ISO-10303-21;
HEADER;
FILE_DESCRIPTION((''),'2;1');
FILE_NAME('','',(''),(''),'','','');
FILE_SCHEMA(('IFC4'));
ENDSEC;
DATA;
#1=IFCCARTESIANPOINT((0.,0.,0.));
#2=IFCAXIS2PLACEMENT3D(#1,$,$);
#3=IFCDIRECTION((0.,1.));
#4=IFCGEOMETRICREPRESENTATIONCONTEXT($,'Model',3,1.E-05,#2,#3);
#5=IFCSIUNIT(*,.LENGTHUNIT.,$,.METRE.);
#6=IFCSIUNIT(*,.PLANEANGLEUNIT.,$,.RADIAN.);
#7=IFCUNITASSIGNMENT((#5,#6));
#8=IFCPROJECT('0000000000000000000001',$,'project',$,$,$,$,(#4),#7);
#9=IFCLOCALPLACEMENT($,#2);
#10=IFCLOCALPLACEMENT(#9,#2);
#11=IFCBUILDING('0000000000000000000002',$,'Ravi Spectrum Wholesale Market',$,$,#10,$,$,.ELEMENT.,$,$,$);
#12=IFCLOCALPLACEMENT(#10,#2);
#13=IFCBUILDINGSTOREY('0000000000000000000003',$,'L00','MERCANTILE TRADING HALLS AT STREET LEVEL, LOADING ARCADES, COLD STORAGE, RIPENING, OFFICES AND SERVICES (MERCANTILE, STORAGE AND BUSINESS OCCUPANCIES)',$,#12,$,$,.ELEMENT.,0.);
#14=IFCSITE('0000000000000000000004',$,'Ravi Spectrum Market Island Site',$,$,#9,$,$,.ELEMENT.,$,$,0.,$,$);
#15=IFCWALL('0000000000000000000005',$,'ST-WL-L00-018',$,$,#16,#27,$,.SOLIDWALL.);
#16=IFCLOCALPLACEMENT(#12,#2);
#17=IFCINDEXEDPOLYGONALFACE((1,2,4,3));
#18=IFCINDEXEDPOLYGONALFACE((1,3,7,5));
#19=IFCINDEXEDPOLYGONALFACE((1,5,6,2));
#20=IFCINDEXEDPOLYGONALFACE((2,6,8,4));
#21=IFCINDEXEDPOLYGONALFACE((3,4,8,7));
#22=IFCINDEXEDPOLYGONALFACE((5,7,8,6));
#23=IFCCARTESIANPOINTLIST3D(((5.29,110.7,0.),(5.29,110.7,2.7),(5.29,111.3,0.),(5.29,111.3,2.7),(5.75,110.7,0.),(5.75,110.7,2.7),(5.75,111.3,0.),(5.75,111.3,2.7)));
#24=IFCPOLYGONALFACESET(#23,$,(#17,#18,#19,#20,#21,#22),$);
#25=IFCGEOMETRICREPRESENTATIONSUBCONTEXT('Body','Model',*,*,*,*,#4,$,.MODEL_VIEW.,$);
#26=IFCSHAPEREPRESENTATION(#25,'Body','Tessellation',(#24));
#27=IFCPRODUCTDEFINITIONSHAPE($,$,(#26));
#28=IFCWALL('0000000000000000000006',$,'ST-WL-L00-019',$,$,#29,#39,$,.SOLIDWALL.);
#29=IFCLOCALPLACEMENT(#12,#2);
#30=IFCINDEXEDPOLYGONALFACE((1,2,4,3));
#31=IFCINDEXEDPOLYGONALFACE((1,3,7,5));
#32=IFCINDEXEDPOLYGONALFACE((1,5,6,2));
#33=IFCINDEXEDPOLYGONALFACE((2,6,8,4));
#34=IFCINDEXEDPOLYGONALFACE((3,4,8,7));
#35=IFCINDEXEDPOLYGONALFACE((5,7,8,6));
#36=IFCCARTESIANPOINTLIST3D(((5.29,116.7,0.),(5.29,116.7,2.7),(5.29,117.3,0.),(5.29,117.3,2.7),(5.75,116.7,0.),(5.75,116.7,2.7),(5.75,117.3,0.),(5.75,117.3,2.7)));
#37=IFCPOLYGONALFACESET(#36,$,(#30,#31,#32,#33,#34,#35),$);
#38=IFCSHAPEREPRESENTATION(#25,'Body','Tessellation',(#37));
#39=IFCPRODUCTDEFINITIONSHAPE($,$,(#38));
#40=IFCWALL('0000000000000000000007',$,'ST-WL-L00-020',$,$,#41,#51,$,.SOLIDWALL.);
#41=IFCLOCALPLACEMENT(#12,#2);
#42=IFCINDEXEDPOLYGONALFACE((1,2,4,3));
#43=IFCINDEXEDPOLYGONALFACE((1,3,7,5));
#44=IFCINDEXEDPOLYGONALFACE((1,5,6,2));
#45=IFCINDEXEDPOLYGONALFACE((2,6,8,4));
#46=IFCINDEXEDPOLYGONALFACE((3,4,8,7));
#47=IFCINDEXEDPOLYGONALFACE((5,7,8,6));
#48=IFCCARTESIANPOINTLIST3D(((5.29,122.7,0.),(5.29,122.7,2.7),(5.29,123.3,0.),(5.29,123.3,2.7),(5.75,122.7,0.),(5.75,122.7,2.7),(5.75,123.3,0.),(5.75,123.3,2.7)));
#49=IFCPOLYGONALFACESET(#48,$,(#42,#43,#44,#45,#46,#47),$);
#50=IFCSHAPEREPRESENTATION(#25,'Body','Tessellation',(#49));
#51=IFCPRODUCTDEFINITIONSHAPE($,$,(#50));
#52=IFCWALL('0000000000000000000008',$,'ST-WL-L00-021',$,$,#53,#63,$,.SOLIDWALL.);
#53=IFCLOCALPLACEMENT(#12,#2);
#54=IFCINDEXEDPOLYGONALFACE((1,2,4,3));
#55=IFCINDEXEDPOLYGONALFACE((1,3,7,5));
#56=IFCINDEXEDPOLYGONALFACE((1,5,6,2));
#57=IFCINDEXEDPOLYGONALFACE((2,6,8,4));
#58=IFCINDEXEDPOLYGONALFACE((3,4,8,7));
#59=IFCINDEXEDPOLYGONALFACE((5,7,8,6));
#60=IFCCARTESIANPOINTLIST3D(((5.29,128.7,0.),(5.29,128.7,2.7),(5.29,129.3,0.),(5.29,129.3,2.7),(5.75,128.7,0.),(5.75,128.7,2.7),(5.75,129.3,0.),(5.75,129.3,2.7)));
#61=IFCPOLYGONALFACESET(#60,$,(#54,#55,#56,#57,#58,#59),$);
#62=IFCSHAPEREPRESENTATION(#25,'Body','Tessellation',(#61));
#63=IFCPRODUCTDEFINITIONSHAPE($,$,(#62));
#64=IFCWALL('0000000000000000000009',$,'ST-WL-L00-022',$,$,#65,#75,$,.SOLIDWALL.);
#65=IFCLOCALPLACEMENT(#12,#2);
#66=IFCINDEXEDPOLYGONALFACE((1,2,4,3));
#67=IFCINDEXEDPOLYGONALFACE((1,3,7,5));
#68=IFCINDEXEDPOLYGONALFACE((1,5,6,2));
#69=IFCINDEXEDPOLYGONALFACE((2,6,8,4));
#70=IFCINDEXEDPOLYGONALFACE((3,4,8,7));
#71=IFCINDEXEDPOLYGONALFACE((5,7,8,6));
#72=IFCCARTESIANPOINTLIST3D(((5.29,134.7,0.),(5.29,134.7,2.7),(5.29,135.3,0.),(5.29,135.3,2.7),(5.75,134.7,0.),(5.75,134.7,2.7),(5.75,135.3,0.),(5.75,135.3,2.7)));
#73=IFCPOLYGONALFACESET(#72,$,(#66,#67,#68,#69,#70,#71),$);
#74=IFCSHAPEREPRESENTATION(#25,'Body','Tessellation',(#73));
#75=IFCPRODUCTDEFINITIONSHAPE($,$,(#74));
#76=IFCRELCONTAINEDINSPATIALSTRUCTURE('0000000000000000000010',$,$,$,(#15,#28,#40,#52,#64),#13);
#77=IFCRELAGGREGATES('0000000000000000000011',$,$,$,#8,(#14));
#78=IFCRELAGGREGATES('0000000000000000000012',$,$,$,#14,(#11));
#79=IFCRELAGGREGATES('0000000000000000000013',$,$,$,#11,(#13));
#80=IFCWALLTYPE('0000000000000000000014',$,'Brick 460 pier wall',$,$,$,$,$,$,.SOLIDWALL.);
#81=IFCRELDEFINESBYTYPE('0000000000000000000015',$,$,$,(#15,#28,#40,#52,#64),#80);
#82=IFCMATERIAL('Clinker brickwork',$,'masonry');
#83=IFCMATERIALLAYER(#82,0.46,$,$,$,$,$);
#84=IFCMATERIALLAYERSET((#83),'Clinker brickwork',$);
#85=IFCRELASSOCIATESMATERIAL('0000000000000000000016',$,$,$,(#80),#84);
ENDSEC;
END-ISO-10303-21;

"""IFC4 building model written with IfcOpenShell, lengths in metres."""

from ifc_helpers import new_model, si_unit, direction, frame, frame_2d, origin, place, context, subcontext, project, spatial, rectangle, extrude, material, layer, layer_set, type_object, element, save


model = new_model("IFC4")

# Units and contexts
model_context = context("Model", 3, precision=1e-05, world=origin(), true_north=direction((0.0, 1.0)))
body_context = subcontext(model_context, "Body", "Model", "MODEL_VIEW")
ifc_project = project(units=[si_unit("LENGTHUNIT", "METRE"), si_unit("PLANEANGLEUNIT", "RADIAN")], contexts=[model_context])

# Site, building, storey
site_placement = place(None, origin())
site = spatial("IfcSite", under=ifc_project, at=site_placement, Name="Ravi Spectrum Market Island Site", CompositionType="ELEMENT", RefElevation=0.0)
building_placement = place(site_placement, origin())
building = spatial("IfcBuilding", under=site, at=building_placement, Name="Ravi Spectrum Wholesale Market", CompositionType="ELEMENT")
storey_placement = place(building_placement, origin())
storey = spatial("IfcBuildingStorey", under=building, at=storey_placement, Name="L00", Description="MERCANTILE TRADING HALLS AT STREET LEVEL, LOADING ARCADES, COLD STORAGE, RIPENING, OFFICES AND SERVICES (MERCANTILE, STORAGE AND BUSINESS OCCUPANCIES)", CompositionType="ELEMENT", Elevation=0.0)

# Walls
ifc_material_1 = material(Name="Clinker brickwork", Category="masonry")
ifc_layer_1 = layer(ifc_material_1, 0.46)
ifc_layer_set_1 = layer_set([ifc_layer_1], Name="Clinker brickwork")
wall_type = type_object("IfcWallType", Name="Brick 460 pier wall", PredefinedType="SOLIDWALL", material=ifc_layer_set_1)
for number, where, z_axis, x_axis, name in (
    (1, (5.52, 110.7, 0.0), (0.0, 0.0, 1.0), (0.0, 1.0, 0.0), "ST-WL-L00-018"),
    (2, (5.52, 116.7, 0.0), (0.0, 0.0, 1.0), (0.0, 1.0, 0.0), "ST-WL-L00-019"),
    (3, (5.52, 122.7, 0.0), (0.0, 0.0, 1.0), (0.0, 1.0, 0.0), "ST-WL-L00-020"),
    (4, (5.52, 128.7, 0.0), (0.0, 0.0, 1.0), (0.0, 1.0, 0.0), "ST-WL-L00-021"),
    (5, (5.52, 134.7, 0.0), (0.0, 0.0, 1.0), (0.0, 1.0, 0.0), "ST-WL-L00-022"),
):
    element("IfcWall", number, at=place(storey_placement, frame(where, z_axis=z_axis, x_axis=x_axis)), inside=storey, type_object=wall_type, Name=name, PredefinedType="SOLIDWALL", context=body_context, shape_type="SweptSolid", body=[
        extrude(rectangle(XDim=0.6001, YDim=0.46, at=frame_2d((0.3, 0.0))), origin(), (0.0, 0.0, 1.0), 2.7),
    ])

save(model, "model.ifc")
